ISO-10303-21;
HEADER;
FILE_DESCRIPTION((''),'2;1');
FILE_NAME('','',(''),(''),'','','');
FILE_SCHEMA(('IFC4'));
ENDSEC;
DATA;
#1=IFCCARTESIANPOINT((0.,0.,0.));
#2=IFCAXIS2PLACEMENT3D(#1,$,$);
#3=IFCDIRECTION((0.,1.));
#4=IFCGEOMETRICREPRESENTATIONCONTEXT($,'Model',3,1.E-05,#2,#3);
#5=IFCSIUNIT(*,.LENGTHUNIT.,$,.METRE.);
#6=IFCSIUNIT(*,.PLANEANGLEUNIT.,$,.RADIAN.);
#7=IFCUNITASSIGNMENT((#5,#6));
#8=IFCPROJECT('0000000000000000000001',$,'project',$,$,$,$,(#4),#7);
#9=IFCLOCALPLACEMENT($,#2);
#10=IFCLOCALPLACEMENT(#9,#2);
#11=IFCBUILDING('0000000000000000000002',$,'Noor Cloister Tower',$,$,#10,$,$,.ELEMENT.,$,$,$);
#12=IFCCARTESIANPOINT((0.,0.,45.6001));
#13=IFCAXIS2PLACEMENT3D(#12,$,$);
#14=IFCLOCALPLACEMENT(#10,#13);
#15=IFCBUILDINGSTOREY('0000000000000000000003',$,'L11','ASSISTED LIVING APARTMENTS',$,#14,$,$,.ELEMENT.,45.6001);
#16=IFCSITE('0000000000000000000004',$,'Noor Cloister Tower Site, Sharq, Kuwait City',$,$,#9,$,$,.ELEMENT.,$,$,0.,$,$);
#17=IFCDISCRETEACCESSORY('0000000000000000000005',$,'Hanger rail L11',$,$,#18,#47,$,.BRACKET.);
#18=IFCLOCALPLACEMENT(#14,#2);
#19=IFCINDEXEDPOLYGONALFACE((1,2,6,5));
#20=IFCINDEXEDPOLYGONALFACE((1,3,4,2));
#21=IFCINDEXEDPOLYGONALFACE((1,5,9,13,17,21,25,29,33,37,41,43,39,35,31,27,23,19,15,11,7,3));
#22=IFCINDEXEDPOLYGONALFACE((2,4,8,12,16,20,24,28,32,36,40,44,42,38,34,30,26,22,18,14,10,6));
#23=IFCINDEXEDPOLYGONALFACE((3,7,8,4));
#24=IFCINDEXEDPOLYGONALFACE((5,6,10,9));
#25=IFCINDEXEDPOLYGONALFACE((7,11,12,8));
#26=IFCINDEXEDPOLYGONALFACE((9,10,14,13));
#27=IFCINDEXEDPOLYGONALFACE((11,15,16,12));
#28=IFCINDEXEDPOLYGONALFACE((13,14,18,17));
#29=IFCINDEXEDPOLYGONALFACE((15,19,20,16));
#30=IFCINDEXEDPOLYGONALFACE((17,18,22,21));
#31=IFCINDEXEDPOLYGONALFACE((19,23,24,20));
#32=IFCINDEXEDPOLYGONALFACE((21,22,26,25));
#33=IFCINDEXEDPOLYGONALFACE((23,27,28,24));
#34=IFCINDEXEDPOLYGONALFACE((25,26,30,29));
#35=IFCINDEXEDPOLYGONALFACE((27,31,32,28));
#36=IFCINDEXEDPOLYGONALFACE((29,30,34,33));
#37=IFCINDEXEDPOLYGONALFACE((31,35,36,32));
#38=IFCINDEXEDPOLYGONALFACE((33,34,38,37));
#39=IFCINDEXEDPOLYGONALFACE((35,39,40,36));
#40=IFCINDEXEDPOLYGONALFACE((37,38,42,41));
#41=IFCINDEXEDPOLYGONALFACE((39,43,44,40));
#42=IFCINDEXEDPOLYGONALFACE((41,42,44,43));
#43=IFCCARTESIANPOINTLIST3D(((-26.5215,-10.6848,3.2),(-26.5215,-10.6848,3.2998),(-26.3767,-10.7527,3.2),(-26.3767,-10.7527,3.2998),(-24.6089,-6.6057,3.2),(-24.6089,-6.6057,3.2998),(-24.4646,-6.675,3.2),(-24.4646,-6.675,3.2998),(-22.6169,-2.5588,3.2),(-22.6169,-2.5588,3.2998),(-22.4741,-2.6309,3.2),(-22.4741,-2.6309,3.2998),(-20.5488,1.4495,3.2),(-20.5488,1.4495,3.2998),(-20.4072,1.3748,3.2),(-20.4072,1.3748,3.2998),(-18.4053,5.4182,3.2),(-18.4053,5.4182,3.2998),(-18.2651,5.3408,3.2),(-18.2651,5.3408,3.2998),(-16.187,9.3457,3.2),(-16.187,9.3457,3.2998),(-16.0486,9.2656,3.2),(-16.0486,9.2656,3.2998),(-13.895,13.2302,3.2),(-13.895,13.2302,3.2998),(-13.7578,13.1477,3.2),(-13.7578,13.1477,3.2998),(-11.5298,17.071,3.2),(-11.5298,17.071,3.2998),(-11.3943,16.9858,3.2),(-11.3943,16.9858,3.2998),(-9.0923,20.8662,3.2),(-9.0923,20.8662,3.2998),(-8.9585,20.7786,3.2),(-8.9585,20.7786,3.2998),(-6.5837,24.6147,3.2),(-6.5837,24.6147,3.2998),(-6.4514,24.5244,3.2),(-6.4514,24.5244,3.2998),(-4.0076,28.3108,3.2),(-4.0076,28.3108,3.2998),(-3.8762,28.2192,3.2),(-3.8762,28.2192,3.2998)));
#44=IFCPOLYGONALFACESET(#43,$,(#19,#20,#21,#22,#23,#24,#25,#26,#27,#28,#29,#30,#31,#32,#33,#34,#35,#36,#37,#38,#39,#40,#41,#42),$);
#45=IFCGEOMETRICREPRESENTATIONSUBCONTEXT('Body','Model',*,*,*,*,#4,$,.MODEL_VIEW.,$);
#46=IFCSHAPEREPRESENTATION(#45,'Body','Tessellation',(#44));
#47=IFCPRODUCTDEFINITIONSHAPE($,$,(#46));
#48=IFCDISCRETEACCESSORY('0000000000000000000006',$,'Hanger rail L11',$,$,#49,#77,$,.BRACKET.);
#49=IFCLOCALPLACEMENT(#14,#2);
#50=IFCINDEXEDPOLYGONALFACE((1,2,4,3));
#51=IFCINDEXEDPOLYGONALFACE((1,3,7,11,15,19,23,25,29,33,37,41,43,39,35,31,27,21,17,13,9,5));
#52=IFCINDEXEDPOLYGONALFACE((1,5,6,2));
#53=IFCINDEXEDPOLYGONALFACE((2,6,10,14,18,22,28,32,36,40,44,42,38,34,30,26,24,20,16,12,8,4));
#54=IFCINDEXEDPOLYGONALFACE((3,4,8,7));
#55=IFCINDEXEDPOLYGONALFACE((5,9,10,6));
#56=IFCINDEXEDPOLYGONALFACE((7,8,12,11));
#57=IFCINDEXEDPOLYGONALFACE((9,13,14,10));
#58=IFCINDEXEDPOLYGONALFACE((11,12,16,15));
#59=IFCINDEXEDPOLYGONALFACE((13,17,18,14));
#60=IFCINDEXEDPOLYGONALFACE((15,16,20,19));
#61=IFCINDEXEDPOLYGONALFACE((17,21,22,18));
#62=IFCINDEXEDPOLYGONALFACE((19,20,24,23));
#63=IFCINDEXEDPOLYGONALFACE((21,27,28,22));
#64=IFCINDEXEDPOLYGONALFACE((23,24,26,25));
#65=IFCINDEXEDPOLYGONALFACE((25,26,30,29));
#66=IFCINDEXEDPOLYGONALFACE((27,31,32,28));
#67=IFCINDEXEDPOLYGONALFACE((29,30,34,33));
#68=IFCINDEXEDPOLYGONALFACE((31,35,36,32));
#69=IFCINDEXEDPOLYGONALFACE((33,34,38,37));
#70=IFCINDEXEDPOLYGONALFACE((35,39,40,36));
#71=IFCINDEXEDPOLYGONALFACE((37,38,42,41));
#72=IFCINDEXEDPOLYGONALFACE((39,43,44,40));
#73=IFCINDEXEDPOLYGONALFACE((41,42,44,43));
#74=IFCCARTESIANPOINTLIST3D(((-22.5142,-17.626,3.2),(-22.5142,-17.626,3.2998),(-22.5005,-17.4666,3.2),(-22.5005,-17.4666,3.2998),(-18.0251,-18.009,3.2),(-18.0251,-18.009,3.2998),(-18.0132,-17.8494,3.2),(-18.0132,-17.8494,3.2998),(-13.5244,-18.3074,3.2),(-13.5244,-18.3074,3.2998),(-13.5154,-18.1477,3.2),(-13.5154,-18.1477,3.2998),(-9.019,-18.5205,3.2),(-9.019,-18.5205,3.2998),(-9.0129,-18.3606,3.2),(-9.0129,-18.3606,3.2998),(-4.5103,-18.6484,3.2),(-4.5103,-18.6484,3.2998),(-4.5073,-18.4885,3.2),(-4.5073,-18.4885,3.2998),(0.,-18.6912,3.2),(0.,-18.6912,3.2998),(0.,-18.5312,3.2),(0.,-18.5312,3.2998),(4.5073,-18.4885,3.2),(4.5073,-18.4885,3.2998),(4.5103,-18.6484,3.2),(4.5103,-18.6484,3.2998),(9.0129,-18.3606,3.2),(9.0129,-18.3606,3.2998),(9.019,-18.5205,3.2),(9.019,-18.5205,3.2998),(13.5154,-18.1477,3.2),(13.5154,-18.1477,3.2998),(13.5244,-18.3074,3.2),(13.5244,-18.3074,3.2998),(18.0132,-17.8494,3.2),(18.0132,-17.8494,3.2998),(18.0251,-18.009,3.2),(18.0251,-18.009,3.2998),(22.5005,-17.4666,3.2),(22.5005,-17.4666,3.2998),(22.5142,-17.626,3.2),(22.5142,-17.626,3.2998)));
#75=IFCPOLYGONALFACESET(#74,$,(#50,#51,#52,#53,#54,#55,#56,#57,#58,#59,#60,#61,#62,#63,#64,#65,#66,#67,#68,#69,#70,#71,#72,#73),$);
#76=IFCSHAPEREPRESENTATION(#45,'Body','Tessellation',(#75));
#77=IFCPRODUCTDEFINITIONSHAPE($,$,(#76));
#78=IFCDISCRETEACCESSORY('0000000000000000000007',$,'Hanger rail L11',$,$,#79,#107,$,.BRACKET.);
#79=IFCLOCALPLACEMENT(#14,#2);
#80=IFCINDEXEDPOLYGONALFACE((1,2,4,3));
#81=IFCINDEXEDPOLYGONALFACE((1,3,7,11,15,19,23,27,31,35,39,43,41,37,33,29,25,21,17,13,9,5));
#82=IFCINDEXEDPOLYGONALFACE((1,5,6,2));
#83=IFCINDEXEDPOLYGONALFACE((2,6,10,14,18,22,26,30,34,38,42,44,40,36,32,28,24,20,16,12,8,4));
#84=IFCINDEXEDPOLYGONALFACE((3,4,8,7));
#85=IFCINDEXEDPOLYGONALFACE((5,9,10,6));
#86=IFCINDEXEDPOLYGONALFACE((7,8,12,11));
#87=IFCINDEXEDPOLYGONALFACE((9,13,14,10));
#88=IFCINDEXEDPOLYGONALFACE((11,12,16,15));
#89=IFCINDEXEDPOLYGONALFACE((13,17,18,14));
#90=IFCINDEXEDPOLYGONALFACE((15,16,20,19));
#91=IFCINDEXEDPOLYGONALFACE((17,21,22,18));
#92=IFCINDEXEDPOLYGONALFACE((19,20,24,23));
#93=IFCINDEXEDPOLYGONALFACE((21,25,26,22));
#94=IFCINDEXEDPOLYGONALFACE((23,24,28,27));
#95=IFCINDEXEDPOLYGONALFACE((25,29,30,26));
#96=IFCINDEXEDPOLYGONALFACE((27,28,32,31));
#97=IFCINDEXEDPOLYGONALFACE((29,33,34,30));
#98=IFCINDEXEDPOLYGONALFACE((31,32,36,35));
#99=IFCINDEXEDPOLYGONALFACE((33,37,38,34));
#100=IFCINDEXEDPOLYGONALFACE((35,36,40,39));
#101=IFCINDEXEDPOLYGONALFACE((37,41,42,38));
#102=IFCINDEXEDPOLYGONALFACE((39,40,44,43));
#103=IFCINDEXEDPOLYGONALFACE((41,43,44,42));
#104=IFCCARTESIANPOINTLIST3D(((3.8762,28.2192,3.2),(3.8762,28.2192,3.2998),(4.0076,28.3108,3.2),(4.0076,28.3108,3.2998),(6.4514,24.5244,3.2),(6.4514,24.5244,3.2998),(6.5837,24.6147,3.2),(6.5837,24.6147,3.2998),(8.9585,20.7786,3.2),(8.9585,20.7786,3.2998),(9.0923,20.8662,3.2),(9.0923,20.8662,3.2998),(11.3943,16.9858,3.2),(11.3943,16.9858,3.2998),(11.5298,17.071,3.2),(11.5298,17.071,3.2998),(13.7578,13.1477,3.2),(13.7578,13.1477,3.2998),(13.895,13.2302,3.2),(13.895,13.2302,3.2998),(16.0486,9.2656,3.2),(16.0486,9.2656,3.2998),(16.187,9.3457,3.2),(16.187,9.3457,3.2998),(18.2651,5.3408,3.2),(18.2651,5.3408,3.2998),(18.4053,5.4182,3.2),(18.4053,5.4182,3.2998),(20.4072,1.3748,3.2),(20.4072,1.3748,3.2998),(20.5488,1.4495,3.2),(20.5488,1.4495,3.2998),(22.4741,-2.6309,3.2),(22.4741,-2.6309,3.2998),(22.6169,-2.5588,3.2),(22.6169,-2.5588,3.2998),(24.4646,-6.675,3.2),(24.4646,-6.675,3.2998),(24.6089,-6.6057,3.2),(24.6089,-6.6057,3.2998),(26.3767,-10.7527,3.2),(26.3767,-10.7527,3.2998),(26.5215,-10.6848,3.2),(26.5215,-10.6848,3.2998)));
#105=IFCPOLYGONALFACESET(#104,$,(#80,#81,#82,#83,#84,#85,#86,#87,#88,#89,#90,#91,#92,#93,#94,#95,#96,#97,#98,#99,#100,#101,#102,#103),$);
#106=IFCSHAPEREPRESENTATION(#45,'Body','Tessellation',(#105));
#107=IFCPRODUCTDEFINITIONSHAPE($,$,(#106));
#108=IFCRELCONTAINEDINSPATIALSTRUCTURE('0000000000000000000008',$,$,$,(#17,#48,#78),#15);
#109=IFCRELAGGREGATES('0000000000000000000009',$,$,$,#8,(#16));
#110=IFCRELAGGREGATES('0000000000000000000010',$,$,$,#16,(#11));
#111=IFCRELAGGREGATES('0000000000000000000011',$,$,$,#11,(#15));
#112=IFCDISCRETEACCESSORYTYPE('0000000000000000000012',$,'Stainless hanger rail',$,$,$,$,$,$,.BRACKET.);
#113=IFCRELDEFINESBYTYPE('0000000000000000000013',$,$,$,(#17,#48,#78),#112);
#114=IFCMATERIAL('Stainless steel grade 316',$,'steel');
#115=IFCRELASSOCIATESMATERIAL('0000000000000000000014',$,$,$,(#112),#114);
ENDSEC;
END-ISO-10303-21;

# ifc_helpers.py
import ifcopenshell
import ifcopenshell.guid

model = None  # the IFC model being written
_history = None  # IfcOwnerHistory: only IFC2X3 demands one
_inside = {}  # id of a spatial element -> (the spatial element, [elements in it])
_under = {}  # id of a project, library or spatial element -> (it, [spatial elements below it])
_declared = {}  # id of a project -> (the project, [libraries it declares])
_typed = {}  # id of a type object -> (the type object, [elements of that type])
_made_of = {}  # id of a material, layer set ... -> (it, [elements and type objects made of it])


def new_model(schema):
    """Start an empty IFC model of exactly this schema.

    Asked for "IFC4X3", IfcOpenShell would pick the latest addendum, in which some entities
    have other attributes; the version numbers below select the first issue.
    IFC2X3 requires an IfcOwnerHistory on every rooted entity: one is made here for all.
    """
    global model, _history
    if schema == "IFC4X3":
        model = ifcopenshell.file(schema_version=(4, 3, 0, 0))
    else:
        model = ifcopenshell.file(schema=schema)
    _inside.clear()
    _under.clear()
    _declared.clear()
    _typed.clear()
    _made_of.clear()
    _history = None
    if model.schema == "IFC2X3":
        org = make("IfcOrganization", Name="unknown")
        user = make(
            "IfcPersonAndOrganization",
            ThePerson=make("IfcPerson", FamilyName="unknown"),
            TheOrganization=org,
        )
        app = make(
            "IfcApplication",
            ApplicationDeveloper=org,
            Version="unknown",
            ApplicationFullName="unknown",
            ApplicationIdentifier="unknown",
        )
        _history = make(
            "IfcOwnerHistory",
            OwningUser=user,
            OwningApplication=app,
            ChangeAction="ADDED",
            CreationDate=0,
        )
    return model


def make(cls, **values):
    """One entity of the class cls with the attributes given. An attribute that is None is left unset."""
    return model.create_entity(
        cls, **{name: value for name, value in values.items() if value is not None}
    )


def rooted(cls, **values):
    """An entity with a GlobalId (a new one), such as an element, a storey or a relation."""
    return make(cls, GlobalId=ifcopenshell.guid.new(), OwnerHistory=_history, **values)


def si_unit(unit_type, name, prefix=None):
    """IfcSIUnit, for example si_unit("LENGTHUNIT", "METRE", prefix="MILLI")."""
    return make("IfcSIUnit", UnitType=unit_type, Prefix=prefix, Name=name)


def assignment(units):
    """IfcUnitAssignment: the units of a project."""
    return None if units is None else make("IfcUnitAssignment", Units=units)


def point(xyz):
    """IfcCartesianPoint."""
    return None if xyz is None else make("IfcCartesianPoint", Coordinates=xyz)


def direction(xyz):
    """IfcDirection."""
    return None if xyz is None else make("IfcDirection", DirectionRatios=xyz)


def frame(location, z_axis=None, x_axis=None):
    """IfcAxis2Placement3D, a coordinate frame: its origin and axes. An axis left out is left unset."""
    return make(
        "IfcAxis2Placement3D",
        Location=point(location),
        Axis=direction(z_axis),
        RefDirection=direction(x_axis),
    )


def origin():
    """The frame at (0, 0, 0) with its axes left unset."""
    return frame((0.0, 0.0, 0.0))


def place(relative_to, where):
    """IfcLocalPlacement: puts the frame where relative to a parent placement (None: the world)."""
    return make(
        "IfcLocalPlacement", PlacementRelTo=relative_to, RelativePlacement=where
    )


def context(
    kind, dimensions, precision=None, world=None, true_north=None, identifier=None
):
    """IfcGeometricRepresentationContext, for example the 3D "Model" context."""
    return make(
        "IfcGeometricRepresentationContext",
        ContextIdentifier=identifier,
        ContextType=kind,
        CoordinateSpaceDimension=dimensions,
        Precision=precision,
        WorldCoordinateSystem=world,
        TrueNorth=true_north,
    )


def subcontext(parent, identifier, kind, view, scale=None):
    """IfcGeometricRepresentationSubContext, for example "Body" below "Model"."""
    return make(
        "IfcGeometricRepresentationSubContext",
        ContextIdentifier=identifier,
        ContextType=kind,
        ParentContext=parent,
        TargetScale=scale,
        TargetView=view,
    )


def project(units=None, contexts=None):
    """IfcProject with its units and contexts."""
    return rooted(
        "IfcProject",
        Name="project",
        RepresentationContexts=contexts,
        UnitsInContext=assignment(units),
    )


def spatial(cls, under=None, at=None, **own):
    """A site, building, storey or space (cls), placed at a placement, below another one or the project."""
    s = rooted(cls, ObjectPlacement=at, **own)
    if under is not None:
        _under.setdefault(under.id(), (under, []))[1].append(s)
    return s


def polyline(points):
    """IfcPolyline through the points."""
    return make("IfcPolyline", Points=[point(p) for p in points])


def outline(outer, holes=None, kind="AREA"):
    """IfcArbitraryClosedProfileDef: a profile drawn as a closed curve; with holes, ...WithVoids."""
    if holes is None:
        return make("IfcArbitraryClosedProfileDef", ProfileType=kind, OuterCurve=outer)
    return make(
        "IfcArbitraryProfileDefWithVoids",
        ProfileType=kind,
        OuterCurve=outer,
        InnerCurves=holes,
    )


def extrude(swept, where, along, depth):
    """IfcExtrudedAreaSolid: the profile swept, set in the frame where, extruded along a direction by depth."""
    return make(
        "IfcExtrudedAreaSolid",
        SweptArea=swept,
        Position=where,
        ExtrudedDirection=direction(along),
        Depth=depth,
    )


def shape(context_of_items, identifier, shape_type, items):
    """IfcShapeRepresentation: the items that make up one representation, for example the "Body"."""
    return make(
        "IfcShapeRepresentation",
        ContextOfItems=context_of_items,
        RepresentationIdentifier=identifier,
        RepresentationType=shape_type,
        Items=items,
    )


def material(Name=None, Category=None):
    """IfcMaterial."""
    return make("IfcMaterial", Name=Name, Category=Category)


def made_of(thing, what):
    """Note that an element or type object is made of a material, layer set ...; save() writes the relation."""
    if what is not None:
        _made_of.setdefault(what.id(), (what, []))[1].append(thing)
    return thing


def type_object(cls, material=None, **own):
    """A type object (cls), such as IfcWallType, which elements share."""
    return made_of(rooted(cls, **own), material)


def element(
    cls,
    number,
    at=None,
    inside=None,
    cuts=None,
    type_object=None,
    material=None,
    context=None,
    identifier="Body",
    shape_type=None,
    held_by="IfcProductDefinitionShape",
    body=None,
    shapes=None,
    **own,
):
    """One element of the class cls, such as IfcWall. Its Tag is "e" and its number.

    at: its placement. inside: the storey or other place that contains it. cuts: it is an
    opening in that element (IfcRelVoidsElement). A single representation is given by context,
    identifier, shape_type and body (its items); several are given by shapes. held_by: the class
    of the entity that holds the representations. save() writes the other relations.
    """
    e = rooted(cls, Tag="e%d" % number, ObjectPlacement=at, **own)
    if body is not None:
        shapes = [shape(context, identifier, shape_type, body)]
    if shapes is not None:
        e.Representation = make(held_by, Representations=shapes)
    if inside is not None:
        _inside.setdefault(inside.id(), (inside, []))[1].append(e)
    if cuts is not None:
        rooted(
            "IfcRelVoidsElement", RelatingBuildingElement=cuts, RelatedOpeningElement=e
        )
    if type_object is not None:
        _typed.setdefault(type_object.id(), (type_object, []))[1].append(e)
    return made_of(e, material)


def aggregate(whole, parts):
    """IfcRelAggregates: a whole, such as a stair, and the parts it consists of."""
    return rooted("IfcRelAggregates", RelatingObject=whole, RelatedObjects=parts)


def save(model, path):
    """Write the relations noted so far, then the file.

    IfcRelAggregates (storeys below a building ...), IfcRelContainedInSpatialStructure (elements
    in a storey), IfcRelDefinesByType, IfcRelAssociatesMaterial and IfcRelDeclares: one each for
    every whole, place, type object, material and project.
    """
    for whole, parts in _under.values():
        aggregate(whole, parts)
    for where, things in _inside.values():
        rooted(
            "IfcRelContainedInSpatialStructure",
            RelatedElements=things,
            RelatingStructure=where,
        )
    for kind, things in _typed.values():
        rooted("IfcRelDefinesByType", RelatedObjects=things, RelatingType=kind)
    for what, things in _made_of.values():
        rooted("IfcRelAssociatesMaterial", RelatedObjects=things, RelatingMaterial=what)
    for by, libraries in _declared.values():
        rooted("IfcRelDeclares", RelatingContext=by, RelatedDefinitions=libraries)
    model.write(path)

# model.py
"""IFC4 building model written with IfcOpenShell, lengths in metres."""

from ifc_helpers import new_model, si_unit, direction, frame, origin, place, context, subcontext, project, spatial, polyline, outline, extrude, material, type_object, element, save


model = new_model("IFC4")

# Units and contexts
model_context = context("Model", 3, precision=1e-05, world=origin(), true_north=direction((0.0, 1.0)))
body_context = subcontext(model_context, "Body", "Model", "MODEL_VIEW")
ifc_project = project(units=[si_unit("LENGTHUNIT", "METRE"), si_unit("PLANEANGLEUNIT", "RADIAN")], contexts=[model_context])

# Site, building, storey
site_placement = place(None, origin())
site = spatial("IfcSite", under=ifc_project, at=site_placement, Name="Noor Cloister Tower Site, Sharq, Kuwait City", CompositionType="ELEMENT", RefElevation=0.0)
building_placement = place(site_placement, origin())
building = spatial("IfcBuilding", under=site, at=building_placement, Name="Noor Cloister Tower", CompositionType="ELEMENT")
storey_placement = place(building_placement, frame((0.0, 0.0, 45.6001)))
storey = spatial("IfcBuildingStorey", under=building, at=storey_placement, Name="L11", Description="ASSISTED LIVING APARTMENTS", CompositionType="ELEMENT", Elevation=45.6001)

# Discrete accessories
ifc_material_1 = material(Name="Stainless steel grade 316", Category="steel")
discrete_accessory_type = type_object("IfcDiscreteAccessoryType", Name="Stainless hanger rail", PredefinedType="BRACKET", material=ifc_material_1)
discrete_accessory_1_placement = place(storey_placement, frame((0.0, 0.0, 3.2)))
element("IfcDiscreteAccessory", 1, at=discrete_accessory_1_placement, inside=storey, type_object=discrete_accessory_type, Name="Hanger rail L11", PredefinedType="BRACKET", context=body_context, shape_type="SweptSolid", body=[
    extrude(outline(polyline([(-4.0076, 28.3108), (-6.5837, 24.6147), (-9.0923, 20.8662), (-11.5298, 17.071), (-13.895, 13.2302), (-16.187, 9.3457), (-18.4053, 5.4182), (-20.5488, 1.4495), (-22.6169, -2.5588), (-24.6089, -6.6057), (-26.5215, -10.6848), (-26.3767, -10.7527), (-24.4646, -6.675), (-22.4741, -2.6309), (-20.4072, 1.3748), (-18.2651, 5.3408), (-16.0486, 9.2656), (-13.7578, 13.1477), (-11.3943, 16.9858), (-8.9585, 20.7786), (-6.4514, 24.5244), (-3.8762, 28.2192), (-4.0076, 28.3108)])), origin(), (0.0, 0.0, 1.0), 0.0999),
])
discrete_accessory_2_placement = place(storey_placement, frame((0.0, 0.0, 3.2)))
element("IfcDiscreteAccessory", 2, at=discrete_accessory_2_placement, inside=storey, type_object=discrete_accessory_type, Name="Hanger rail L11", PredefinedType="BRACKET", context=body_context, shape_type="SweptSolid", body=[
    extrude(outline(polyline([(-22.5142, -17.626), (-18.0251, -18.009), (-13.5244, -18.3074), (-9.019, -18.5205), (-4.5103, -18.6484), (0.0, -18.6912), (4.5103, -18.6484), (9.019, -18.5205), (13.5244, -18.3074), (18.0251, -18.009), (22.5142, -17.626), (22.5005, -17.4666), (18.0132, -17.8494), (13.5154, -18.1477), (9.0129, -18.3606), (4.5073, -18.4885), (0.0, -18.5312), (-4.5073, -18.4885), (-9.0129, -18.3606), (-13.5154, -18.1477), (-18.0132, -17.8494), (-22.5005, -17.4666), (-22.5142, -17.626)])), origin(), (0.0, 0.0, 1.0), 0.0999),
])
discrete_accessory_3_placement = place(storey_placement, frame((0.0, 0.0, 3.2)))
element("IfcDiscreteAccessory", 3, at=discrete_accessory_3_placement, inside=storey, type_object=discrete_accessory_type, Name="Hanger rail L11", PredefinedType="BRACKET", context=body_context, shape_type="SweptSolid", body=[
    extrude(outline(polyline([(26.5215, -10.6848), (24.6089, -6.6057), (22.6169, -2.5588), (20.5488, 1.4495), (18.4053, 5.4182), (16.187, 9.3457), (13.895, 13.2302), (11.5298, 17.071), (9.0923, 20.8662), (6.5837, 24.6147), (4.0076, 28.3108), (3.8762, 28.2192), (6.4514, 24.5244), (8.9585, 20.7786), (11.3943, 16.9858), (13.7578, 13.1477), (16.0486, 9.2656), (18.2651, 5.3408), (20.4072, 1.3748), (22.4741, -2.6309), (24.4646, -6.675), (26.3767, -10.7527), (26.5215, -10.6848)])), origin(), (0.0, 0.0, 1.0), 0.0999),
])

save(model, "model.ifc")
